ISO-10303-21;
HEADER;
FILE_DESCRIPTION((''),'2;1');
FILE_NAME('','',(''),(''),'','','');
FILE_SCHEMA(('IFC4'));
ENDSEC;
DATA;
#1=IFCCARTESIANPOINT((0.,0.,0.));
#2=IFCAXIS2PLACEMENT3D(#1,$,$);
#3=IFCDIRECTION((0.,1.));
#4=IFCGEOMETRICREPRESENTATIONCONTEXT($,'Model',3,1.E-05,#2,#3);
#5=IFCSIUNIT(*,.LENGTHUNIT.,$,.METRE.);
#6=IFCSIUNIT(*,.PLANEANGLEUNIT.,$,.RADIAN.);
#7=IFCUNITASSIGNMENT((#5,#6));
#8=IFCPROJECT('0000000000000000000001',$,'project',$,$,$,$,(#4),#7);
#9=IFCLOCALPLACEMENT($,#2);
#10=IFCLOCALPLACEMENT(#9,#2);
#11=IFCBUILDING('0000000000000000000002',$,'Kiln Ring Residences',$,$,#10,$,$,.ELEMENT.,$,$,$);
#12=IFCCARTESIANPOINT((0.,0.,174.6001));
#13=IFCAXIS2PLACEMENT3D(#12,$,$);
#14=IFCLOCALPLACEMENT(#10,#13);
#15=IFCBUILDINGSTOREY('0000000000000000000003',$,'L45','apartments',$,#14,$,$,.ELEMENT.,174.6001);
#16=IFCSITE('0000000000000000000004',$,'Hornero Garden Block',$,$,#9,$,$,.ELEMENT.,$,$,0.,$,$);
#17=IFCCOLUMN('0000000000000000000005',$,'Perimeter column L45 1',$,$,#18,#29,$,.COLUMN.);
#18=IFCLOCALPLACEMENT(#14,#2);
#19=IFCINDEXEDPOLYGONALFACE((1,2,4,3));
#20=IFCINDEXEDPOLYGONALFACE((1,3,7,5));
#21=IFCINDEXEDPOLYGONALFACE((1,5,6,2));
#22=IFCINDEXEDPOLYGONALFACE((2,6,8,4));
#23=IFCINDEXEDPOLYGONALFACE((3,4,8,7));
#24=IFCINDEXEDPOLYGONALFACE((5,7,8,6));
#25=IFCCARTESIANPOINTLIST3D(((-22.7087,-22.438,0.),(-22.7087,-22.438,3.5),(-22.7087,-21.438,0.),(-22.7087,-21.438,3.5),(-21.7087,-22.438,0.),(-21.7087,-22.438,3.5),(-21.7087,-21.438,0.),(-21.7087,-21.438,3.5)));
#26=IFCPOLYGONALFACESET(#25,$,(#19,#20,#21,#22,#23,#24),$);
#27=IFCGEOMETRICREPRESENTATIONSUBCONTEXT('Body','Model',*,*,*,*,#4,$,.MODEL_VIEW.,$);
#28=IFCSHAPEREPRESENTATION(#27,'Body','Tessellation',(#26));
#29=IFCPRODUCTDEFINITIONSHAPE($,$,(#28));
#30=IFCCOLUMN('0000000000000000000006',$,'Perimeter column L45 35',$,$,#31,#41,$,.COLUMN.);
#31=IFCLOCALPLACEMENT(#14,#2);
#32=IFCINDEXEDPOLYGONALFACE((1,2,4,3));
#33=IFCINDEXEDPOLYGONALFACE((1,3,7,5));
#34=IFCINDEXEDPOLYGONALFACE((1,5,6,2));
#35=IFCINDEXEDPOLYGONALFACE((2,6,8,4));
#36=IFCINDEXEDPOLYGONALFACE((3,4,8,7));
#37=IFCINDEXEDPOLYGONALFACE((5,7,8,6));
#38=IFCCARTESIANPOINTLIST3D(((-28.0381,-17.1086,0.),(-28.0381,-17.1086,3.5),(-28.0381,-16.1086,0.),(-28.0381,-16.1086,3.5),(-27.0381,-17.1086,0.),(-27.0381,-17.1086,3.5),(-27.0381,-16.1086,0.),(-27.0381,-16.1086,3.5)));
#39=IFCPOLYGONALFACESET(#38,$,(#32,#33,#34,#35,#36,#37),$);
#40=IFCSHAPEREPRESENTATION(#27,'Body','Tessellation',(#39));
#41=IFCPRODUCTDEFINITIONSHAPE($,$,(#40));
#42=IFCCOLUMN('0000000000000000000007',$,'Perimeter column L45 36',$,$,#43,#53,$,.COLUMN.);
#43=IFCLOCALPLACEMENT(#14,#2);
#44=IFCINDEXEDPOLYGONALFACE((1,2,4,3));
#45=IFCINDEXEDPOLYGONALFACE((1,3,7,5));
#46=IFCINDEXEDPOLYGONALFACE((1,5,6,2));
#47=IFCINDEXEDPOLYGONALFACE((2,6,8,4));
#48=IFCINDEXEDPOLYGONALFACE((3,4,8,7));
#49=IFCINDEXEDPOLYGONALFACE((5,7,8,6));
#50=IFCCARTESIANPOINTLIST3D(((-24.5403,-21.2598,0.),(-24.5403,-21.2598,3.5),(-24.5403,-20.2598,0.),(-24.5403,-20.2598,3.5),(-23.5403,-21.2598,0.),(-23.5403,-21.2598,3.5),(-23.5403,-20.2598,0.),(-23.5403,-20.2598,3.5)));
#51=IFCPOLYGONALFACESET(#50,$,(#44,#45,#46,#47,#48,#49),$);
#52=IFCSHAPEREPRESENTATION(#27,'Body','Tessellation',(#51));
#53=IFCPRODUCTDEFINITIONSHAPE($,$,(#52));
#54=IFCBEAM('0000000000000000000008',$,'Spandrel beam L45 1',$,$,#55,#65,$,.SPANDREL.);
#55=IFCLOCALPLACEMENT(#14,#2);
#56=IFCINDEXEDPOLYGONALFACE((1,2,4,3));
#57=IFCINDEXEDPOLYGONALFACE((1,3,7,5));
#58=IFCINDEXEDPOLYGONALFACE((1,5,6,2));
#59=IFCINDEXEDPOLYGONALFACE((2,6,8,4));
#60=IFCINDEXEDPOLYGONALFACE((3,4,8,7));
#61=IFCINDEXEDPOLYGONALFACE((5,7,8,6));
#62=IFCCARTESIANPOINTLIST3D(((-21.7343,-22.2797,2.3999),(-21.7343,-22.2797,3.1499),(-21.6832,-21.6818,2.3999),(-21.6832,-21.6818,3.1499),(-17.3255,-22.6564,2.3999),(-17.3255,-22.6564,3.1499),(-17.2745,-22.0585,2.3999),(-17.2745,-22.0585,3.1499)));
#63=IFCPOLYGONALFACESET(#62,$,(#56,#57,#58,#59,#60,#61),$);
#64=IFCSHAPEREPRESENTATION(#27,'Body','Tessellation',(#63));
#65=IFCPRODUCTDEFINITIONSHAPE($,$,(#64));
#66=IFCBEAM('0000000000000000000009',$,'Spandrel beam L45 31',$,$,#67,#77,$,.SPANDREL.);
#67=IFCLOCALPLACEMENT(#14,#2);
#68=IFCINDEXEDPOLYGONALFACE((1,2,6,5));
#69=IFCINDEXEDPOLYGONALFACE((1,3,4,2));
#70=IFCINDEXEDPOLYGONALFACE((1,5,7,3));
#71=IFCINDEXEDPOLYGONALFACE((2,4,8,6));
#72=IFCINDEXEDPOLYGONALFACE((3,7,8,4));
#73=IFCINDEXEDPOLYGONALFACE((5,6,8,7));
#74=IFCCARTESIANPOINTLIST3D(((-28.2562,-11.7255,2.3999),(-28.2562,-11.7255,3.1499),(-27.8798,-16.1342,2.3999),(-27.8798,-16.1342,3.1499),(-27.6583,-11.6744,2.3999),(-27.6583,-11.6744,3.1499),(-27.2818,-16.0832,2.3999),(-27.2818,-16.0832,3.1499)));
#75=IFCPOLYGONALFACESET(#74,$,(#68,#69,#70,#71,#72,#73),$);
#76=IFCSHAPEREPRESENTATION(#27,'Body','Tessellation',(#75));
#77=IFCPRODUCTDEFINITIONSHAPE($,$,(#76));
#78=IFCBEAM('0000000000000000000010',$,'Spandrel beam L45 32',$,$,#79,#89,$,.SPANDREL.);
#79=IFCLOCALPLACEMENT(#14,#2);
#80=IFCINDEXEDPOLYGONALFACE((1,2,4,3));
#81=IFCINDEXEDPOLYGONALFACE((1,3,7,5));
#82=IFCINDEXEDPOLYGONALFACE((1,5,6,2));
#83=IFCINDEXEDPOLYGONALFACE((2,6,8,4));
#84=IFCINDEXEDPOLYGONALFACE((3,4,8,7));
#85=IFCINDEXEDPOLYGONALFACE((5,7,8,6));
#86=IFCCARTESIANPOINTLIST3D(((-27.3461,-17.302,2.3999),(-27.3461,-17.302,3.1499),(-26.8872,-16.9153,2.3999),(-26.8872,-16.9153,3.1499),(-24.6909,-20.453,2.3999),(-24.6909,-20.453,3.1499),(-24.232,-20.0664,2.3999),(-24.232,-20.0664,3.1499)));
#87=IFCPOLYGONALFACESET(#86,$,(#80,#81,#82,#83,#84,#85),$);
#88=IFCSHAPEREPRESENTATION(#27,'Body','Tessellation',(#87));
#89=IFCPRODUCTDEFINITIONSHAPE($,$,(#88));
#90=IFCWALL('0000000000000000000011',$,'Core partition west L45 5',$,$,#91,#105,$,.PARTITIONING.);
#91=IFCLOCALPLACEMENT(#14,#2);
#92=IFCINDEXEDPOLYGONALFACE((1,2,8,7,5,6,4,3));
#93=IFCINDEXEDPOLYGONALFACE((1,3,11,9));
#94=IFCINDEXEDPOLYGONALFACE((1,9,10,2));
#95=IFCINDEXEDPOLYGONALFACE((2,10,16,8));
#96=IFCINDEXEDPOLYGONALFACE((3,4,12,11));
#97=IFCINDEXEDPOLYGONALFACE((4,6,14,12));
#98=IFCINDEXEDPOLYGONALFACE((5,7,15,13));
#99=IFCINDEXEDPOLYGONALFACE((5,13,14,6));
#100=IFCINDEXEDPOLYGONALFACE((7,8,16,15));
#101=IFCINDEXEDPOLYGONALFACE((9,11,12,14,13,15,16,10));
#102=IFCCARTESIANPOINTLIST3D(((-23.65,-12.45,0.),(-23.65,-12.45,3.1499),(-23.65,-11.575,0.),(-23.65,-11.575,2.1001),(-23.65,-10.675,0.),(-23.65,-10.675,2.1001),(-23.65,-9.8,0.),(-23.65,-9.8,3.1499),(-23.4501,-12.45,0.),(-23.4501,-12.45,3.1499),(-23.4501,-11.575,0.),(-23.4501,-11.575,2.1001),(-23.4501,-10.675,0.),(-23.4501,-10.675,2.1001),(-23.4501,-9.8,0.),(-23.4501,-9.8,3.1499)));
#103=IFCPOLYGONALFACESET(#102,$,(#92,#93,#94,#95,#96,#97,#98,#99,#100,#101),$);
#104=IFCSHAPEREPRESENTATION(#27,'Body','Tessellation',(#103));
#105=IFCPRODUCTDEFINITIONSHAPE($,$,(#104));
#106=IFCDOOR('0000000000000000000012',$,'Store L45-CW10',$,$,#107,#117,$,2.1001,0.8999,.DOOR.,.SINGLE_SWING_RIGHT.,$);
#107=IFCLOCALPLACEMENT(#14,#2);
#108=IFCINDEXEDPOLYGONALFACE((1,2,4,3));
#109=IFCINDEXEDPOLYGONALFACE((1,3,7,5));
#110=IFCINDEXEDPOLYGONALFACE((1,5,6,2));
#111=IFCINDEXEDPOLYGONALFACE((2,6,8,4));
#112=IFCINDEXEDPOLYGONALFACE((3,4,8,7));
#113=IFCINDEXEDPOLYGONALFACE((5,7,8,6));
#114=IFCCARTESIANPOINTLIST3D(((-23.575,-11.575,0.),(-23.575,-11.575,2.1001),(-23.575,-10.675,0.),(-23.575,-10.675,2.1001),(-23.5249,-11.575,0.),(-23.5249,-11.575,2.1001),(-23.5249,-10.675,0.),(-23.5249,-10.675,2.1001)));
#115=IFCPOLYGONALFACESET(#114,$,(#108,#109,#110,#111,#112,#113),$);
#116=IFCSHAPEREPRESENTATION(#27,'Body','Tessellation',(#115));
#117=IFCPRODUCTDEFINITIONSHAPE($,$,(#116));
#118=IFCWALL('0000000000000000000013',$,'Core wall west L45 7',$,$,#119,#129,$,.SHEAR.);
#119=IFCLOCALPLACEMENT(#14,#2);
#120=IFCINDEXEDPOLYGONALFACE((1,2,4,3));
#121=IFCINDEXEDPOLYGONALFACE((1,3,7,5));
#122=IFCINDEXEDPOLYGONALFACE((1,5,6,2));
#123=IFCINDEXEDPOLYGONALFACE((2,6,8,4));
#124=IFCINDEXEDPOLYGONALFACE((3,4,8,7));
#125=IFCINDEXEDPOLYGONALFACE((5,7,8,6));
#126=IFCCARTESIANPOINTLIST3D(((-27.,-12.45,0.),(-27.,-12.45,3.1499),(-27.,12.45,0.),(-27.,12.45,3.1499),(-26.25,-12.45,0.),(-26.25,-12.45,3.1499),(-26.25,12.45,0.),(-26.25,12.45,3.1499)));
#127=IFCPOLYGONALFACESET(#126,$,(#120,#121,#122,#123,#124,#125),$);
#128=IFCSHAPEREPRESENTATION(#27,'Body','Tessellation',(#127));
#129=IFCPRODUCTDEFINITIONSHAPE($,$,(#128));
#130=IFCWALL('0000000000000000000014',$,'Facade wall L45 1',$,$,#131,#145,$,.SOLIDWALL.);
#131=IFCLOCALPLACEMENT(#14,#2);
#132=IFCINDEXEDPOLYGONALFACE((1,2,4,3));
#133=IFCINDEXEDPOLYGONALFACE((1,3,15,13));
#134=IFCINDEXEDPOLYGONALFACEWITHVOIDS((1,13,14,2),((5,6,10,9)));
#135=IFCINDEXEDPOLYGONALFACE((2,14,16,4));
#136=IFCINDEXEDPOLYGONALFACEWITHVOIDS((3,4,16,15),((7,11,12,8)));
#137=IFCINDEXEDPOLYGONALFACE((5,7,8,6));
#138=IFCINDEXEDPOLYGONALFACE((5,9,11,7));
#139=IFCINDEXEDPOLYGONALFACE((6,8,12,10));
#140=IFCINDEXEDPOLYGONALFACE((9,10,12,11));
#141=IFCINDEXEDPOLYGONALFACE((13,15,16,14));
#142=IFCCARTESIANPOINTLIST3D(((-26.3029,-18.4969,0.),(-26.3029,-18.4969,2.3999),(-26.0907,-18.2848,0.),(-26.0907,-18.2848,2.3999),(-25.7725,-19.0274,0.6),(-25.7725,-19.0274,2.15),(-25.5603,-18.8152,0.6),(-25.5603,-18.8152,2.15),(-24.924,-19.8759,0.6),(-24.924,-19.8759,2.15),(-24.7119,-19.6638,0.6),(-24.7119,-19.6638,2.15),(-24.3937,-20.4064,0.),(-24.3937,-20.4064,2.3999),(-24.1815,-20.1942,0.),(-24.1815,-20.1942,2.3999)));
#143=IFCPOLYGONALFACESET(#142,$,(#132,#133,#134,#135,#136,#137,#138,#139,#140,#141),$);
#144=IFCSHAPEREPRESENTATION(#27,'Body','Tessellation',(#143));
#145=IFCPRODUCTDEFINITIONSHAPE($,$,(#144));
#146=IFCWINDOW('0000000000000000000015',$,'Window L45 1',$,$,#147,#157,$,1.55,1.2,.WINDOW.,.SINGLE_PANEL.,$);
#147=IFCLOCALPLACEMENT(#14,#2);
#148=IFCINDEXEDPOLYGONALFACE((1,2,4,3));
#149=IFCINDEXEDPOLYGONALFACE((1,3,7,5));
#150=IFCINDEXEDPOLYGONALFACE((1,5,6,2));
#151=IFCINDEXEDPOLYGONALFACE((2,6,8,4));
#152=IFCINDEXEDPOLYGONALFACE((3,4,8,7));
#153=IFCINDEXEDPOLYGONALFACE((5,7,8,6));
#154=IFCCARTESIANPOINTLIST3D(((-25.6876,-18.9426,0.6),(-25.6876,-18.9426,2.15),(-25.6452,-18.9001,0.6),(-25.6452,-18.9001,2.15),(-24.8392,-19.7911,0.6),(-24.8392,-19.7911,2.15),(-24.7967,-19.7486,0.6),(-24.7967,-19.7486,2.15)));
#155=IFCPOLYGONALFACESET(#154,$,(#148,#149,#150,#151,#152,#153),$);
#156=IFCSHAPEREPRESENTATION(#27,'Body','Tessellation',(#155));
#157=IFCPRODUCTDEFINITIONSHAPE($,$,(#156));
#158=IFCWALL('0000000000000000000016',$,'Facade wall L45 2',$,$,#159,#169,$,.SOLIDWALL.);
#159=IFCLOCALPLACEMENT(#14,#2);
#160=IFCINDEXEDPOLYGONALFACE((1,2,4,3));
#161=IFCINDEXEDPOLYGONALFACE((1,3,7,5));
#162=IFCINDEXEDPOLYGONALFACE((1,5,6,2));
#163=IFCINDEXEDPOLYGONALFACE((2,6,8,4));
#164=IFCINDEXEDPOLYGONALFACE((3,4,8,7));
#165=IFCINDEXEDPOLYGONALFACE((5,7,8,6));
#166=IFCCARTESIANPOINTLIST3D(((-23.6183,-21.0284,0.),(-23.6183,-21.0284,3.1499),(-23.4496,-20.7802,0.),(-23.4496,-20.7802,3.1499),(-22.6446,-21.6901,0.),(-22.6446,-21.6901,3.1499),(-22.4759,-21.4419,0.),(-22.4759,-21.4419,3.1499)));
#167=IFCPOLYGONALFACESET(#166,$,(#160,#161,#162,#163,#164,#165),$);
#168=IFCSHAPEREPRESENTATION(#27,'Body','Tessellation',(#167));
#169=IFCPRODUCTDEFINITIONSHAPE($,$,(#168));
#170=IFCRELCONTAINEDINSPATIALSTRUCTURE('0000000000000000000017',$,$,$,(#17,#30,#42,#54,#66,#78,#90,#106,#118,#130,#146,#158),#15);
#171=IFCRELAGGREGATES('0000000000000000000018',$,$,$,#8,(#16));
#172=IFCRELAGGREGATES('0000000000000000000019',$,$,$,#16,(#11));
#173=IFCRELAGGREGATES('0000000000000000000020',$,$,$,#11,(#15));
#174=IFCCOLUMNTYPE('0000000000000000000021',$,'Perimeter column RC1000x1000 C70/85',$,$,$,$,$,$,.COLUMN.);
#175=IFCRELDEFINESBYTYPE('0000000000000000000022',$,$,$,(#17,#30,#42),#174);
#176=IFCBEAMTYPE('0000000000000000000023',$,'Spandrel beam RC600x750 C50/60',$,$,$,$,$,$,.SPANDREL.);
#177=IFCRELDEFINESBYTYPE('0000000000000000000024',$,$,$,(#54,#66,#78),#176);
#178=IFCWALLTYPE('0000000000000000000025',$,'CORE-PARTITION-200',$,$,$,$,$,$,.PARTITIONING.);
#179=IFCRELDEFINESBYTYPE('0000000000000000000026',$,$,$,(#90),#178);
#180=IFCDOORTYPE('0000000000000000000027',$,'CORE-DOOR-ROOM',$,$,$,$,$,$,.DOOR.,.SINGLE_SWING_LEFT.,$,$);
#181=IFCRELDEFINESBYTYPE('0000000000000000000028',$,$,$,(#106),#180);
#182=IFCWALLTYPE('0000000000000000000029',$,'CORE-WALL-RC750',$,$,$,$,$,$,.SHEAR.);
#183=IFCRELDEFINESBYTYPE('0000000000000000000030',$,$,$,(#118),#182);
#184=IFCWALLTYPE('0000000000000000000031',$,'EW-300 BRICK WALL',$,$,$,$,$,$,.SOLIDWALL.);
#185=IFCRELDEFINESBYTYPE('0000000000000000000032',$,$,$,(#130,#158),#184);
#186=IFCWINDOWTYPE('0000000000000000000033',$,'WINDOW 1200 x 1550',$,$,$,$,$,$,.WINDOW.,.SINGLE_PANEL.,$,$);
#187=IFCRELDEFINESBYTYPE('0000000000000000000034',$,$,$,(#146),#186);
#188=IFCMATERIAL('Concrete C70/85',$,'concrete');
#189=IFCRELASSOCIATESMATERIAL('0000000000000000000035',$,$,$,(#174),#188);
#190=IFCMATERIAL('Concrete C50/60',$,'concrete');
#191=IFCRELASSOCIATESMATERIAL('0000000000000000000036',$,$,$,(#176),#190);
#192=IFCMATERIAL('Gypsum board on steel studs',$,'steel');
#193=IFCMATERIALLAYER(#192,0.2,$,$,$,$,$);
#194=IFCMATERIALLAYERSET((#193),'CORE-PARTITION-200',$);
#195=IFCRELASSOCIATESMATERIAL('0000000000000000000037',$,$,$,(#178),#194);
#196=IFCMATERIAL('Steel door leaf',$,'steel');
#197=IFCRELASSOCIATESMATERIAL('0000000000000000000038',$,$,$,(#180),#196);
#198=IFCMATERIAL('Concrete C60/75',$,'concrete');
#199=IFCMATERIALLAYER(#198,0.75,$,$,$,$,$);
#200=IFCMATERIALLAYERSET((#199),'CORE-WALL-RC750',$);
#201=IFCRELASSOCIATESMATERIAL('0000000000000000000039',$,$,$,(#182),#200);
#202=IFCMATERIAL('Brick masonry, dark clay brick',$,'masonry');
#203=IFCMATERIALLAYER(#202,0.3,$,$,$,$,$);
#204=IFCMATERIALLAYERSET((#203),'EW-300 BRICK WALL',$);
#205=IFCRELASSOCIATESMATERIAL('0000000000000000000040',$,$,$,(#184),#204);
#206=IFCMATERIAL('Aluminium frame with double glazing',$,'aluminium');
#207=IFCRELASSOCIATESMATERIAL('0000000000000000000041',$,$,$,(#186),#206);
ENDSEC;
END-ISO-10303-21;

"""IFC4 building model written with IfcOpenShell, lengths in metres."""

from ifc_helpers import new_model, si_unit, direction, frame, frame_2d, origin, origin_2d, place, context, subcontext, project, spatial, rectangle, extrude, material, layer, layer_set, material_profile, profile_set, type_object, element, fill, save


model = new_model("IFC4")

# Units and contexts
model_context = context("Model", 3, precision=1e-05, world=origin(), true_north=direction((0.0, 1.0)))
body_context = subcontext(model_context, "Body", "Model", "MODEL_VIEW")
ifc_project = project(units=[si_unit("LENGTHUNIT", "METRE"), si_unit("PLANEANGLEUNIT", "RADIAN")], contexts=[model_context])

# Site, building, storey
site_placement = place(None, origin())
site = spatial("IfcSite", under=ifc_project, at=site_placement, Name="Hornero Garden Block", CompositionType="ELEMENT", RefElevation=0.0)
building_placement = place(site_placement, origin())
building = spatial("IfcBuilding", under=site, at=building_placement, Name="Kiln Ring Residences", CompositionType="ELEMENT")
storey_placement = place(building_placement, frame((0.0, 0.0, 174.6001)))
storey = spatial("IfcBuildingStorey", under=building, at=storey_placement, Name="L45", Description="apartments", CompositionType="ELEMENT", Elevation=174.6001)

# Columns
ifc_material_1 = material(Name="Concrete C70/85", Category="concrete")
ifc_material_profile_1 = material_profile(ifc_material_1, rectangle(XDim=1.0, YDim=1.0, at=origin_2d()), Name="RC1000x1000")
ifc_profile_set_1 = profile_set([ifc_material_profile_1], Name="Concrete C70/85")
column_type = type_object("IfcColumnType", Name="Perimeter column RC1000x1000 C70/85", PredefinedType="COLUMN", material=ifc_profile_set_1)
for number, where, z_axis, x_axis, name in (
    (1, (-22.2087, -21.938, 0.0), (0.0, 0.0, 1.0), (1.0, 0.0, 0.0), "Perimeter column L45 1"),
    (2, (-27.5381, -16.6086, 0.0), (0.0, 0.0, 1.0), (1.0, 0.0, 0.0), "Perimeter column L45 35"),
    (3, (-24.0403, -20.7598, 0.0), (0.0, 0.0, 1.0), (1.0, 0.0, 0.0), "Perimeter column L45 36"),
):
    element("IfcColumn", number, at=place(storey_placement, frame(where, z_axis=z_axis, x_axis=x_axis)), inside=storey, type_object=column_type, Name=name, PredefinedType="COLUMN", context=body_context, shape_type="SweptSolid", body=[
        extrude(rectangle(XDim=1.0, YDim=1.0, at=origin_2d()), origin(), (0.0, 0.0, 1.0), 3.5),
    ])

# Beams
ifc_material_2 = material(Name="Concrete C50/60", Category="concrete")
ifc_material_profile_2 = material_profile(ifc_material_2, rectangle(XDim=0.6001, YDim=0.75, at=origin_2d()), Name="RC600x750")
ifc_profile_set_2 = profile_set([ifc_material_profile_2], Name="Concrete C50/60")
beam_type = type_object("IfcBeamType", Name="Spandrel beam RC600x750 C50/60", PredefinedType="SPANDREL", material=ifc_profile_set_2)
for number, where, z_axis, x_axis, name in (
    (4, (-21.7087, -21.9807, 2.7749), (0.996369, -0.085137, 0.0), (0.085137, 0.996369, 0.0), "Spandrel beam L45 1"),
    (5, (-27.9573, -11.7, 2.7749), (0.085082, -0.996374, 0.0), (0.996374, 0.085082, 0.0), "Spandrel beam L45 31"),
):
    element("IfcBeam", number, at=place(storey_placement, frame(where, z_axis=z_axis, x_axis=x_axis)), inside=storey, type_object=beam_type, Name=name, PredefinedType="SPANDREL", context=body_context, shape_type="SweptSolid", body=[
        extrude(rectangle(XDim=0.6001, YDim=0.75, at=origin_2d()), origin(), (0.0, 0.0, 1.0), 4.4248),
    ])
beam_placement = place(storey_placement, frame((-27.1167, -17.1086, 2.7749), z_axis=(0.644377, -0.764708, 0.0), x_axis=(0.764708, 0.644377, 0.0)))
element("IfcBeam", 6, at=beam_placement, inside=storey, type_object=beam_type, Name="Spandrel beam L45 32", PredefinedType="SPANDREL", context=body_context, shape_type="SweptSolid", body=[
    extrude(rectangle(XDim=0.6001, YDim=0.75, at=origin_2d()), origin(), (0.0, 0.0, 1.0), 4.1206),
])

# Wall, opening, door
ifc_material_3 = material(Name="Gypsum board on steel studs", Category="steel")
ifc_layer_1 = layer(ifc_material_3, 0.2)
ifc_layer_set_1 = layer_set([ifc_layer_1], Name="CORE-PARTITION-200")
wall_type_1 = type_object("IfcWallType", Name="CORE-PARTITION-200", PredefinedType="PARTITIONING", material=ifc_layer_set_1)
wall_1_placement = place(storey_placement, frame((-23.55, -12.45, 0.0), z_axis=(0.0, 0.0, 1.0), x_axis=(0.0, 1.0, 0.0)))
wall_1 = element("IfcWall", 7, at=wall_1_placement, inside=storey, type_object=wall_type_1, Name="Core partition west L45 5", PredefinedType="PARTITIONING", context=body_context, shape_type="SweptSolid", body=[
    extrude(rectangle(XDim=2.6499, YDim=0.2, at=frame_2d((1.325, 0.0))), origin(), (0.0, 0.0, 1.0), 3.1499),
])
opening_1_placement = place(wall_1_placement, frame((0.875, 0.0, 0.0)))
opening_1 = element("IfcOpeningElement", 8, at=opening_1_placement, cuts=wall_1, PredefinedType="OPENING", context=body_context, shape_type="SweptSolid", body=[
    extrude(rectangle(XDim=0.8999, YDim=2.1001, at=frame_2d((0.45, 1.05))), frame((0.0, 0.1099, 0.0), z_axis=(0.0, -1.0, 0.0), x_axis=(1.0, 0.0, 0.0)), (0.0, 0.0, 1.0), 0.22),
])
ifc_material_4 = material(Name="Steel door leaf", Category="steel")
door_type_1 = type_object("IfcDoorType", Name="CORE-DOOR-ROOM", OperationType="SINGLE_SWING_LEFT", PredefinedType="DOOR", material=ifc_material_4)
door_1_placement = place(opening_1_placement, origin())
door_1 = element("IfcDoor", 9, at=door_1_placement, inside=storey, type_object=door_type_1, Name="Store L45-CW10", OperationType="SINGLE_SWING_RIGHT", OverallHeight=2.1001, OverallWidth=0.8999, PredefinedType="DOOR", context=body_context, shape_type="SweptSolid", body=[
    extrude(rectangle(XDim=0.8999, YDim=2.1001, at=frame_2d((0.45, 1.05))), frame((0.0, 0.0249, 0.0), z_axis=(0.0, -1.0, 0.0), x_axis=(1.0, 0.0, 0.0)), (0.0, 0.0, 1.0), 0.05),
])
fill(opening_1, door_1)

# Wall
ifc_material_5 = material(Name="Concrete C60/75", Category="concrete")
ifc_layer_2 = layer(ifc_material_5, 0.75)
ifc_layer_set_2 = layer_set([ifc_layer_2], Name="CORE-WALL-RC750")
wall_type_2 = type_object("IfcWallType", Name="CORE-WALL-RC750", PredefinedType="SHEAR", material=ifc_layer_set_2)
wall_2_placement = place(storey_placement, frame((-26.625, -12.45, 0.0), z_axis=(0.0, 0.0, 1.0), x_axis=(0.0, 1.0, 0.0)))
element("IfcWall", 10, at=wall_2_placement, inside=storey, type_object=wall_type_2, Name="Core wall west L45 7", PredefinedType="SHEAR", context=body_context, shape_type="SweptSolid", body=[
    extrude(rectangle(XDim=24.8999, YDim=0.75, at=frame_2d((12.45, 0.0))), origin(), (0.0, 0.0, 1.0), 3.1499),
])

# Wall, opening, window
ifc_material_6 = material(Name="Brick masonry, dark clay brick", Category="masonry")
ifc_layer_3 = layer(ifc_material_6, 0.3)
ifc_layer_set_3 = layer_set([ifc_layer_3], Name="EW-300 BRICK WALL")
wall_type_3 = type_object("IfcWallType", Name="EW-300 BRICK WALL", PredefinedType="SOLIDWALL", material=ifc_layer_set_3)
wall_3_placement = place(storey_placement, frame((-26.1968, -18.3909, 0.0), z_axis=(0.0, 0.0, 1.0), x_axis=(0.707062, -0.707152, 0.0)))
wall_3 = element("IfcWall", 11, at=wall_3_placement, inside=storey, type_object=wall_type_3, Name="Facade wall L45 1", PredefinedType="SOLIDWALL", context=body_context, shape_type="SweptSolid", body=[
    extrude(rectangle(XDim=2.7002, YDim=0.3, at=frame_2d((1.3501, 0.0))), origin(), (0.0, 0.0, 1.0), 2.3999),
])
opening_2_placement = place(wall_3_placement, frame((0.75, 0.0, 0.6001)))
opening_2 = element("IfcOpeningElement", 12, at=opening_2_placement, cuts=wall_3, PredefinedType="OPENING", context=body_context, shape_type="SweptSolid", body=[
    extrude(rectangle(XDim=1.2, YDim=1.55, at=frame_2d((0.6001, 0.7749))), frame((0.0, 0.1599, 0.0), z_axis=(0.0, -1.0, 0.0), x_axis=(1.0, 0.0, 0.0)), (0.0, 0.0, 1.0), 0.3201),
])
ifc_material_7 = material(Name="Aluminium frame with double glazing", Category="aluminium")
window_type_1 = type_object("IfcWindowType", Name="WINDOW 1200 x 1550", PartitioningType="SINGLE_PANEL", PredefinedType="WINDOW", material=ifc_material_7)
window_1_placement = place(opening_2_placement, origin())
window_1 = element("IfcWindow", 13, at=window_1_placement, inside=storey, type_object=window_type_1, Name="Window L45 1", OverallHeight=1.55, OverallWidth=1.2, PartitioningType="SINGLE_PANEL", PredefinedType="WINDOW", context=body_context, shape_type="SweptSolid", body=[
    extrude(rectangle(XDim=1.2, YDim=1.55, at=frame_2d((0.6001, 0.7749))), frame((0.0, 0.03, 0.0), z_axis=(0.0, -1.0, 0.0), x_axis=(1.0, 0.0, 0.0)), (0.0, 0.0, 1.0), 0.0601),
])
fill(opening_2, window_1)

# Wall
wall_4_placement = place(storey_placement, frame((-23.5339, -20.9043, 0.0), z_axis=(0.0, 0.0, 1.0), x_axis=(0.827104, -0.562049, 0.0)))
element("IfcWall", 14, at=wall_4_placement, inside=storey, type_object=wall_type_3, Name="Facade wall L45 2", PredefinedType="SOLIDWALL", context=body_context, shape_type="SweptSolid", body=[
    extrude(rectangle(XDim=1.1772, YDim=0.3, at=frame_2d((0.5886, 0.0))), origin(), (0.0, 0.0, 1.0), 3.1499),
])

save(model, "model.ifc")
